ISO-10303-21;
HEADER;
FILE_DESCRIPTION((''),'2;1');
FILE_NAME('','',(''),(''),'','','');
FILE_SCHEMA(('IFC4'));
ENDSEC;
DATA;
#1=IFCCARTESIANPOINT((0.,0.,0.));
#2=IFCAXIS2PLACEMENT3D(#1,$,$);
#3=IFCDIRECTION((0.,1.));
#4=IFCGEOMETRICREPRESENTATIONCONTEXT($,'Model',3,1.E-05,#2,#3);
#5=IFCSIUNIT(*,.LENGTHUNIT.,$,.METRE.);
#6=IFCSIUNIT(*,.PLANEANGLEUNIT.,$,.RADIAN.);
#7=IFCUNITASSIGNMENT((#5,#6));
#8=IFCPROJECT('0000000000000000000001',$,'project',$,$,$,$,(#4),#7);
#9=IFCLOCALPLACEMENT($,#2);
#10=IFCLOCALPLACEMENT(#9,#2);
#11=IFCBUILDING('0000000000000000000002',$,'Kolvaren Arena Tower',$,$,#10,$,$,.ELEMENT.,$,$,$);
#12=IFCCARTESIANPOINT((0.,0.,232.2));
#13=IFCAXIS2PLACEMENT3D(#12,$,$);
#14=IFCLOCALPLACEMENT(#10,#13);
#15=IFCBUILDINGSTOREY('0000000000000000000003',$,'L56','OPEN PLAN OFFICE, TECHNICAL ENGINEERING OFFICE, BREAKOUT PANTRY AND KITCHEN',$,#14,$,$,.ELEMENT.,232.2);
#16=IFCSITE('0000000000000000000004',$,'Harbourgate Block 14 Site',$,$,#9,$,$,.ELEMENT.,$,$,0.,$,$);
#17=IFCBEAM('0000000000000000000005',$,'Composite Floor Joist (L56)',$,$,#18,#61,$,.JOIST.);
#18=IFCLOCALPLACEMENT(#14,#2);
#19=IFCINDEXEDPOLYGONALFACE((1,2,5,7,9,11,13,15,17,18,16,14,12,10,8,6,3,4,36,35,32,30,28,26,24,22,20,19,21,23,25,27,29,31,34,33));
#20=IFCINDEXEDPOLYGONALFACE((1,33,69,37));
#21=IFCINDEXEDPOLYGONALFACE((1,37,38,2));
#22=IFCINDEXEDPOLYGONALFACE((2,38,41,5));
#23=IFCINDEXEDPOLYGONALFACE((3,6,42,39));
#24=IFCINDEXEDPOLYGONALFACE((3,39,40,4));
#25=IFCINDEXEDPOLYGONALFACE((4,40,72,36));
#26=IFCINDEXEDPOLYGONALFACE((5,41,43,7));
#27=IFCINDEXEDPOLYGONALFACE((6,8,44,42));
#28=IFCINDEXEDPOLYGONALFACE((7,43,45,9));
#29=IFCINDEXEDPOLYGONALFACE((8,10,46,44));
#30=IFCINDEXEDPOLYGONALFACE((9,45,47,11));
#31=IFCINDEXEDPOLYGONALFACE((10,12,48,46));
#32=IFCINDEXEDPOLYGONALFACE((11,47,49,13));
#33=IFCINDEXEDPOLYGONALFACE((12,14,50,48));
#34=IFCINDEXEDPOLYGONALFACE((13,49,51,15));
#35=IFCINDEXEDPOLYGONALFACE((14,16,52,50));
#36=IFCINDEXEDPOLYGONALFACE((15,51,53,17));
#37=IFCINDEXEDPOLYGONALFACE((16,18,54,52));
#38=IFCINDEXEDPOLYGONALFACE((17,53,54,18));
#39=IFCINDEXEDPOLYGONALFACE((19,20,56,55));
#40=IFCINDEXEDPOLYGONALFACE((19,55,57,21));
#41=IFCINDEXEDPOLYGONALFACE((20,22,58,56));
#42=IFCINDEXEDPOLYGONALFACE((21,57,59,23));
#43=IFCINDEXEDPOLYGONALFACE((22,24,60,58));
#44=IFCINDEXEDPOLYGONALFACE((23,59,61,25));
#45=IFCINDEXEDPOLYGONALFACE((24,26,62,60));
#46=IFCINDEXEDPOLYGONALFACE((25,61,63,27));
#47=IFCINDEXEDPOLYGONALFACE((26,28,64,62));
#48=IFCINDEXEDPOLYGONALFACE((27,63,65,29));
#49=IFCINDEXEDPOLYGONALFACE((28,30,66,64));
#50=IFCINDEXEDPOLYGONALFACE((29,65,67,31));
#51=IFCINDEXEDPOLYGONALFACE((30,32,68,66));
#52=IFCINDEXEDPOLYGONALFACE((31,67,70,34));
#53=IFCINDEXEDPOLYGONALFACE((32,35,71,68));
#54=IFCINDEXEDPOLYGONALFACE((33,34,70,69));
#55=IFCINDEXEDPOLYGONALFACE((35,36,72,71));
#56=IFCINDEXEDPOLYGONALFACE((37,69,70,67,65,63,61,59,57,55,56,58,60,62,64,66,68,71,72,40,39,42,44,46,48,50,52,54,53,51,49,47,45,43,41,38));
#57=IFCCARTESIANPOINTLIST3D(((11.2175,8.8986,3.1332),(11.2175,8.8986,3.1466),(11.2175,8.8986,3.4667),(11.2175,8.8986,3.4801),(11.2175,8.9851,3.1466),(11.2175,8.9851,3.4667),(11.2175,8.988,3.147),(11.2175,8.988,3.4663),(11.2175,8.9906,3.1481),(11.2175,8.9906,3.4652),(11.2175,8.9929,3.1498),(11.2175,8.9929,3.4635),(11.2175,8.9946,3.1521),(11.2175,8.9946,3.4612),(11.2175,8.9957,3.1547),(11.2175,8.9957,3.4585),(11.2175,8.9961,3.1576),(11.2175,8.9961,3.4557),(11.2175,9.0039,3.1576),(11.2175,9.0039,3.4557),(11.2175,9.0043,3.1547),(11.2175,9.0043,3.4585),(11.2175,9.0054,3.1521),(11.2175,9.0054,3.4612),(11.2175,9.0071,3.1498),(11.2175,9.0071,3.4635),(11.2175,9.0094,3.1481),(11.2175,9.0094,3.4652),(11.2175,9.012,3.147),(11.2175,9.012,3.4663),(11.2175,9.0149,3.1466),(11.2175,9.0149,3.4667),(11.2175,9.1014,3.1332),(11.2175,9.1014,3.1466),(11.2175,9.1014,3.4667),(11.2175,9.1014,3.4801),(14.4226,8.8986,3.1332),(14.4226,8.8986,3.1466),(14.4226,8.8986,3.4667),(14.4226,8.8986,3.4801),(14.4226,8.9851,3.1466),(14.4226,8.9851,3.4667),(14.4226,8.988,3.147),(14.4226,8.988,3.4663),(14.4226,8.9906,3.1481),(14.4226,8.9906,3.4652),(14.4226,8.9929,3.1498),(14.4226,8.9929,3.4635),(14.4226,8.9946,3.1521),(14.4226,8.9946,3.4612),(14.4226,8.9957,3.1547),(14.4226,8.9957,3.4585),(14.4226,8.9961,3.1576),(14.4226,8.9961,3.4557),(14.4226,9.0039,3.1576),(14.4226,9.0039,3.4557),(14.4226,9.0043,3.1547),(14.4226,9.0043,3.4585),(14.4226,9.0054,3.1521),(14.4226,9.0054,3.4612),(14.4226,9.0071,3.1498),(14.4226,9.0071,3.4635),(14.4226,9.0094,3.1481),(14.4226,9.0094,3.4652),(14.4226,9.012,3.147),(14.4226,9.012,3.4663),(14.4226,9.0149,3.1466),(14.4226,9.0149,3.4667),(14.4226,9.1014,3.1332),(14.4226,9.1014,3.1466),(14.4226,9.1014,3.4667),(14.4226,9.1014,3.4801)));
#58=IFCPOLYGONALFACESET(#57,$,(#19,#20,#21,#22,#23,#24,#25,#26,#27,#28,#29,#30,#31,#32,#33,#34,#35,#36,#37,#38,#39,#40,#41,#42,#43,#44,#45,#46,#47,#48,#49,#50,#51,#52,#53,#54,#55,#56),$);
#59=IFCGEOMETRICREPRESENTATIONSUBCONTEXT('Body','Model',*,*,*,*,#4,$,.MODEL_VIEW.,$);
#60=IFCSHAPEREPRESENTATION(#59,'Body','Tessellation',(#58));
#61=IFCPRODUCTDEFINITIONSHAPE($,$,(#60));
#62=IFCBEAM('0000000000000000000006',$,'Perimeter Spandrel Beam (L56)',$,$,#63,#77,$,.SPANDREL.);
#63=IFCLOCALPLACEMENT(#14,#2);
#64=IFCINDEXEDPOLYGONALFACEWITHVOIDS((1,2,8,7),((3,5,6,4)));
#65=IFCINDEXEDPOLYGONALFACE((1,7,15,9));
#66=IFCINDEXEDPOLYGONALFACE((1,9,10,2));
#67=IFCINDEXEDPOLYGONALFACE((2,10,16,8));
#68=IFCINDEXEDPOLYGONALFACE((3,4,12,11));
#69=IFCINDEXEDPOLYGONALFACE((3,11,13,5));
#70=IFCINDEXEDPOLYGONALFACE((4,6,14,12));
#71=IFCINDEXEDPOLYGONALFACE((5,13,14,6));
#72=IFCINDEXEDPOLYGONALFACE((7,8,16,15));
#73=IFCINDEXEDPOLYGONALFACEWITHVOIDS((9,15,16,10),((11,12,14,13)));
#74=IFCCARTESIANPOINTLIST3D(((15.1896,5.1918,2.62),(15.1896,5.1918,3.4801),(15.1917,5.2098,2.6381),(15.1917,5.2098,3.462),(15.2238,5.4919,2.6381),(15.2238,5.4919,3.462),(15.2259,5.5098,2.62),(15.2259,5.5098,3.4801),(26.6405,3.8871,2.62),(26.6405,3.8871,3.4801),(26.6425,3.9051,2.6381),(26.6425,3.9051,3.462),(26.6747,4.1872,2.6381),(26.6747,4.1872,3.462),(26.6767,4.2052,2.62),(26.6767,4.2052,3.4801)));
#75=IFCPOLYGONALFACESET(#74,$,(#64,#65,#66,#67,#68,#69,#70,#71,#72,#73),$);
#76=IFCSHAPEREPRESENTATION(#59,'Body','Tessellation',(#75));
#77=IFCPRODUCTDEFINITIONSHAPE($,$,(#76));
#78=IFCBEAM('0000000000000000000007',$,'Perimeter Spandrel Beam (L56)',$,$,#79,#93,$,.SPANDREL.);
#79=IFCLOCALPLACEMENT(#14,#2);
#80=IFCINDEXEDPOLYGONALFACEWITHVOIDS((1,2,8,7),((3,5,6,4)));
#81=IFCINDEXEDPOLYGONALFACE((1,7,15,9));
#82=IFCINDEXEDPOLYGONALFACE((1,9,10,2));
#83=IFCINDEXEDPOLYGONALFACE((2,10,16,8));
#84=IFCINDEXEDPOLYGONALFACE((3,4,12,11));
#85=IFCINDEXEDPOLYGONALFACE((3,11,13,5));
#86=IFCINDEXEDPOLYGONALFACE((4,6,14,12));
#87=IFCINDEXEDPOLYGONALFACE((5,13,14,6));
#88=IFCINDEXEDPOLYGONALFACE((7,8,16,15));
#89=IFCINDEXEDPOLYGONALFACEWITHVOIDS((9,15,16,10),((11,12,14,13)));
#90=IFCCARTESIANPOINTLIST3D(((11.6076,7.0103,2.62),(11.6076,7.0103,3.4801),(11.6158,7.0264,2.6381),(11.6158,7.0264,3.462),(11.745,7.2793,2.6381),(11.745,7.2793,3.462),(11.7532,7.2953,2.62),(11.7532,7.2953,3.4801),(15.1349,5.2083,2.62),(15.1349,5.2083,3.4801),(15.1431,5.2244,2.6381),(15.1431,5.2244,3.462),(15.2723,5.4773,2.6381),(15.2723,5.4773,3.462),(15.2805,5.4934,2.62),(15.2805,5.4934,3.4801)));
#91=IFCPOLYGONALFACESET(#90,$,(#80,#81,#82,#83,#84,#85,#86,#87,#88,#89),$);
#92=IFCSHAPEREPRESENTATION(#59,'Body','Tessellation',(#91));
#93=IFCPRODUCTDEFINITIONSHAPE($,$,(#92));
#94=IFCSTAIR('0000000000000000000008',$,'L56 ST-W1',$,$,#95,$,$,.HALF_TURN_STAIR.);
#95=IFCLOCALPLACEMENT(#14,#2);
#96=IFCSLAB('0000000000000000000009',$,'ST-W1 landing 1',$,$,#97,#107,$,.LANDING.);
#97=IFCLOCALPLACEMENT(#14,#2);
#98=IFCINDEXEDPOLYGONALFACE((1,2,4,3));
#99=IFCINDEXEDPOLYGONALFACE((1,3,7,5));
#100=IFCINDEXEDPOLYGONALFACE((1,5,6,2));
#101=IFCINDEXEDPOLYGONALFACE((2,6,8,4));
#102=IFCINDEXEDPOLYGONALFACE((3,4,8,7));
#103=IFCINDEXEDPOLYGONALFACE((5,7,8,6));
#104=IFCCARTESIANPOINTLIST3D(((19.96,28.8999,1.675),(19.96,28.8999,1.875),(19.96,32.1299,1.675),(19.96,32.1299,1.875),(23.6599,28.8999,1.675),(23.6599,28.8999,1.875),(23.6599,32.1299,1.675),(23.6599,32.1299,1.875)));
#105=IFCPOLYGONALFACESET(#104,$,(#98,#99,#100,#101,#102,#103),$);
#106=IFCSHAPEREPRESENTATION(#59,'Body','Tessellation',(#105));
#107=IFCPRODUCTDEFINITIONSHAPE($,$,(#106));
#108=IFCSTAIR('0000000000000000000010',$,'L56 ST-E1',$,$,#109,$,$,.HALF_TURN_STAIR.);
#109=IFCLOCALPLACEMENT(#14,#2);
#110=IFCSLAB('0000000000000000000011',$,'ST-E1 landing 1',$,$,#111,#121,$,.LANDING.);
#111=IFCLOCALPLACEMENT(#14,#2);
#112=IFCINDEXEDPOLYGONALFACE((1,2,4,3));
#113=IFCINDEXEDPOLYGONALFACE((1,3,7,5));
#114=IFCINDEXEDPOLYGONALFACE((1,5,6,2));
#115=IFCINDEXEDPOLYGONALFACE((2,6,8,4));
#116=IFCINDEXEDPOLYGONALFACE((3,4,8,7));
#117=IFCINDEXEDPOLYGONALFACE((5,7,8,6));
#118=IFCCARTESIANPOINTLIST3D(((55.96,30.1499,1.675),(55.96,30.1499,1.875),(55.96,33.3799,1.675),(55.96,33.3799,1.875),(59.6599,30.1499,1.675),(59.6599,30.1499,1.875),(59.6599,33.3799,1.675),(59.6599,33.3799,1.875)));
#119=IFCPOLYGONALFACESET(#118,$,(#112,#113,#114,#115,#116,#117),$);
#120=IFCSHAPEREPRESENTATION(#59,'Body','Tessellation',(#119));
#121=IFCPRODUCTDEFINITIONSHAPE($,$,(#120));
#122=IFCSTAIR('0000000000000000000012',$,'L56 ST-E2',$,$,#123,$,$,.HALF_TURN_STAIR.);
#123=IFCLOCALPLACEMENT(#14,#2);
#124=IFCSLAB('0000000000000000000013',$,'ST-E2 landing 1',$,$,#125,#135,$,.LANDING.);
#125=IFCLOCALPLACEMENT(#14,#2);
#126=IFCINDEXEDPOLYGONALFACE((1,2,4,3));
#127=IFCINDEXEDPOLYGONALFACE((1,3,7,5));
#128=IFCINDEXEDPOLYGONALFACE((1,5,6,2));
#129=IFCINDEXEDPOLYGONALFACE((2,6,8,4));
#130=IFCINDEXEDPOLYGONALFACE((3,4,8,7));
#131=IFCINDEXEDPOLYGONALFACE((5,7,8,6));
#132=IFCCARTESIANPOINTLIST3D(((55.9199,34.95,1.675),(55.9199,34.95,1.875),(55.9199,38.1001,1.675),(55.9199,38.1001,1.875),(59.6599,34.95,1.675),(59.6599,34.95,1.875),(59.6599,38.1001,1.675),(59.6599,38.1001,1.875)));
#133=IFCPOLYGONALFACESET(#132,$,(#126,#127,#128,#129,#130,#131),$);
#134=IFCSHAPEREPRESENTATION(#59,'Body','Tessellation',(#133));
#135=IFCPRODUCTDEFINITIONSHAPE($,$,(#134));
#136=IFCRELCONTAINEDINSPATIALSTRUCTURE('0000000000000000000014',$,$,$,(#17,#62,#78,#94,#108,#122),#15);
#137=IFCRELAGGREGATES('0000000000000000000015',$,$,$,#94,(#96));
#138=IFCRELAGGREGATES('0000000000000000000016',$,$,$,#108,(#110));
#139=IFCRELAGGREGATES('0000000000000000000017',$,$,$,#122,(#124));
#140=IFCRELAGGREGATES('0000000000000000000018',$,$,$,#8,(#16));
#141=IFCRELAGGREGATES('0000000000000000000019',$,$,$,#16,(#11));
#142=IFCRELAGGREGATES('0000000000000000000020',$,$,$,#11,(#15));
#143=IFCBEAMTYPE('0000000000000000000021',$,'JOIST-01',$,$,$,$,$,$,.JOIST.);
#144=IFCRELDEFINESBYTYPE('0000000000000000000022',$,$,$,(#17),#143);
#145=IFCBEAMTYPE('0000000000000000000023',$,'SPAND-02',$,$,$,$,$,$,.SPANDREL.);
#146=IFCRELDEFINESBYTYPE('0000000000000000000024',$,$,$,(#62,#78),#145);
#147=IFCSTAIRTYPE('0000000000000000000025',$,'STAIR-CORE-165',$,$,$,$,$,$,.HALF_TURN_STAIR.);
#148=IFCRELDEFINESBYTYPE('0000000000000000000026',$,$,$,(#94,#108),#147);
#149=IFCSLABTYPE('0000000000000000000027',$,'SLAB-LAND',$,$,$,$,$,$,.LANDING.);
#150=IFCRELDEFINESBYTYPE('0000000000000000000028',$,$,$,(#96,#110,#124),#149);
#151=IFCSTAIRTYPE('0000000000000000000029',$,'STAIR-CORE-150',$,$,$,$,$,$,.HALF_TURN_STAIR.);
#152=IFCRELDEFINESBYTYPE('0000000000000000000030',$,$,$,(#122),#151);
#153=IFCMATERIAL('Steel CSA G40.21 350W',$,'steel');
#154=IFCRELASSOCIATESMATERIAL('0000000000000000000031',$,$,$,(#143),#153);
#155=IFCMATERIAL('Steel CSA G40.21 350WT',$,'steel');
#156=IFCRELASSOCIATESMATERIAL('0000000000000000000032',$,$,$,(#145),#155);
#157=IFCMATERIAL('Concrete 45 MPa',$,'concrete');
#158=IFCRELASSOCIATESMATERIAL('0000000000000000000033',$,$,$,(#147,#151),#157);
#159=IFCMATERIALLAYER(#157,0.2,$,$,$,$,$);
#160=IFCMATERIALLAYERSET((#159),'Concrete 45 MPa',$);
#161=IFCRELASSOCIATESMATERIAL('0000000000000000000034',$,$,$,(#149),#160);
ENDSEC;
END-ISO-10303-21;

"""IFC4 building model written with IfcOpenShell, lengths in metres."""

from ifc_helpers import new_model, si_unit, direction, frame, origin, origin_2d, place, context, subcontext, project, spatial, polyline, hollow_rectangle, i_section, outline, extrude, material, layer, layer_set, material_profile, profile_set, type_object, element, aggregate, save


model = new_model("IFC4")

# Units and contexts
model_context = context("Model", 3, precision=1e-05, world=origin(), true_north=direction((0.0, 1.0)))
body_context = subcontext(model_context, "Body", "Model", "MODEL_VIEW")
ifc_project = project(units=[si_unit("LENGTHUNIT", "METRE"), si_unit("PLANEANGLEUNIT", "RADIAN")], contexts=[model_context])

# Site, building, storey
site_placement = place(None, origin())
site = spatial("IfcSite", under=ifc_project, at=site_placement, Name="Harbourgate Block 14 Site", CompositionType="ELEMENT", RefElevation=0.0)
building_placement = place(site_placement, origin())
building = spatial("IfcBuilding", under=site, at=building_placement, Name="Kolvaren Arena Tower", CompositionType="ELEMENT")
storey_placement = place(building_placement, frame((0.0, 0.0, 232.2)))
storey = spatial("IfcBuildingStorey", under=building, at=storey_placement, Name="L56", Description="OPEN PLAN OFFICE, TECHNICAL ENGINEERING OFFICE, BREAKOUT PANTRY AND KITCHEN", CompositionType="ELEMENT", Elevation=232.2)

# Beams
ifc_material_1 = material(Name="Steel CSA G40.21 350W", Category="steel")
ifc_material_profile_1 = material_profile(ifc_material_1, i_section(OverallWidth=0.2029, OverallDepth=0.3469, WebThickness=0.0078, FlangeThickness=0.0134, FilletRadius=0.011, at=origin_2d()), Name="W360x64")
ifc_profile_set_1 = profile_set([ifc_material_profile_1], Name="Steel CSA G40.21 350W")
beam_type_1 = type_object("IfcBeamType", Name="JOIST-01", PredefinedType="JOIST", material=ifc_profile_set_1)
beam_1_placement = place(storey_placement, frame((11.2175, 9.0, 3.3066), z_axis=(1.0, 0.0, 0.0), x_axis=(0.0, 1.0, 0.0)))
element("IfcBeam", 1, at=beam_1_placement, inside=storey, type_object=beam_type_1, Name="Composite Floor Joist (L56)", PredefinedType="JOIST", context=body_context, shape_type="SweptSolid", body=[
    extrude(i_section(OverallWidth=0.2029, OverallDepth=0.3469, WebThickness=0.0078, FlangeThickness=0.0134, FilletRadius=0.011, at=origin_2d()), origin(), (0.0, 0.0, 1.0), 3.2051),
])
ifc_material_2 = material(Name="Steel CSA G40.21 350WT", Category="steel")
ifc_material_profile_2 = material_profile(ifc_material_2, hollow_rectangle(XDim=0.3201, YDim=0.8601, WallThickness=0.0181, at=origin_2d()), Name="HSS 860x320x18")
ifc_profile_set_2 = profile_set([ifc_material_profile_2], Name="Steel CSA G40.21 350WT")
beam_type_2 = type_object("IfcBeamType", Name="SPAND-02", PredefinedType="SPANDREL", material=ifc_profile_set_2)
beam_2_placement = place(storey_placement, frame((15.2078, 5.3508, 3.05), z_axis=(0.993572, -0.113205, 0.0), x_axis=(0.113205, 0.993572, 0.0)))
element("IfcBeam", 2, at=beam_2_placement, inside=storey, type_object=beam_type_2, Name="Perimeter Spandrel Beam (L56)", PredefinedType="SPANDREL", context=body_context, shape_type="SweptSolid", body=[
    extrude(hollow_rectangle(XDim=0.3201, YDim=0.8601, WallThickness=0.0181, at=origin_2d()), origin(), (0.0, 0.0, 1.0), 11.5249),
])
beam_3_placement = place(storey_placement, frame((11.6804, 7.1528, 3.05), z_axis=(0.890523, -0.454938, 0.0), x_axis=(0.454938, 0.890523, 0.0)))
element("IfcBeam", 3, at=beam_3_placement, inside=storey, type_object=beam_type_2, Name="Perimeter Spandrel Beam (L56)", PredefinedType="SPANDREL", context=body_context, shape_type="SweptSolid", body=[
    extrude(hollow_rectangle(XDim=0.3201, YDim=0.8601, WallThickness=0.0181, at=origin_2d()), origin(), (0.0, 0.0, 1.0), 3.9609),
])

# Stairs, slabs
ifc_material_3 = material(Name="Concrete 45 MPa", Category="concrete")
stair_type_1 = type_object("IfcStairType", Name="STAIR-CORE-165", PredefinedType="HALF_TURN_STAIR", material=ifc_material_3)
stair_1_placement = place(storey_placement, origin())
stair_1 = element("IfcStair", 4, at=stair_1_placement, inside=storey, type_object=stair_type_1, Name="L56 ST-W1", PredefinedType="HALF_TURN_STAIR")
ifc_layer_1 = layer(ifc_material_3, 0.2)
ifc_layer_set_1 = layer_set([ifc_layer_1], Name="Concrete 45 MPa")
slab_type_1 = type_object("IfcSlabType", Name="SLAB-LAND", PredefinedType="LANDING", material=ifc_layer_set_1)
slab_1_placement = place(storey_placement, frame((0.0, 0.0, 1.675)))
slab_1 = element("IfcSlab", 5, at=slab_1_placement, type_object=slab_type_1, Name="ST-W1 landing 1", PredefinedType="LANDING", context=body_context, shape_type="SweptSolid", body=[
    extrude(outline(polyline([(19.96, 28.8999), (23.6599, 28.8999), (23.6599, 32.1299), (19.96, 32.1299), (19.96, 28.8999)])), origin(), (0.0, 0.0, 1.0), 0.2),
])
aggregate(stair_1, [slab_1])
stair_2_placement = place(storey_placement, origin())
stair_2 = element("IfcStair", 6, at=stair_2_placement, inside=storey, type_object=stair_type_1, Name="L56 ST-E1", PredefinedType="HALF_TURN_STAIR")
slab_2_placement = place(storey_placement, frame((0.0, 0.0, 1.675)))
slab_2 = element("IfcSlab", 7, at=slab_2_placement, type_object=slab_type_1, Name="ST-E1 landing 1", PredefinedType="LANDING", context=body_context, shape_type="SweptSolid", body=[
    extrude(outline(polyline([(55.96, 30.1499), (59.6599, 30.1499), (59.6599, 33.3799), (55.96, 33.3799), (55.96, 30.1499)])), origin(), (0.0, 0.0, 1.0), 0.2),
])
aggregate(stair_2, [slab_2])
stair_type_2 = type_object("IfcStairType", Name="STAIR-CORE-150", PredefinedType="HALF_TURN_STAIR", material=ifc_material_3)
stair_3_placement = place(storey_placement, origin())
stair_3 = element("IfcStair", 8, at=stair_3_placement, inside=storey, type_object=stair_type_2, Name="L56 ST-E2", PredefinedType="HALF_TURN_STAIR")
slab_3_placement = place(storey_placement, frame((0.0, 0.0, 1.675)))
slab_3 = element("IfcSlab", 9, at=slab_3_placement, type_object=slab_type_1, Name="ST-E2 landing 1", PredefinedType="LANDING", context=body_context, shape_type="SweptSolid", body=[
    extrude(outline(polyline([(55.9199, 34.95), (59.6599, 34.95), (59.6599, 38.1001), (55.9199, 38.1001), (55.9199, 34.95)])), origin(), (0.0, 0.0, 1.0), 0.2),
])
aggregate(stair_3, [slab_3])

save(model, "model.ifc")
